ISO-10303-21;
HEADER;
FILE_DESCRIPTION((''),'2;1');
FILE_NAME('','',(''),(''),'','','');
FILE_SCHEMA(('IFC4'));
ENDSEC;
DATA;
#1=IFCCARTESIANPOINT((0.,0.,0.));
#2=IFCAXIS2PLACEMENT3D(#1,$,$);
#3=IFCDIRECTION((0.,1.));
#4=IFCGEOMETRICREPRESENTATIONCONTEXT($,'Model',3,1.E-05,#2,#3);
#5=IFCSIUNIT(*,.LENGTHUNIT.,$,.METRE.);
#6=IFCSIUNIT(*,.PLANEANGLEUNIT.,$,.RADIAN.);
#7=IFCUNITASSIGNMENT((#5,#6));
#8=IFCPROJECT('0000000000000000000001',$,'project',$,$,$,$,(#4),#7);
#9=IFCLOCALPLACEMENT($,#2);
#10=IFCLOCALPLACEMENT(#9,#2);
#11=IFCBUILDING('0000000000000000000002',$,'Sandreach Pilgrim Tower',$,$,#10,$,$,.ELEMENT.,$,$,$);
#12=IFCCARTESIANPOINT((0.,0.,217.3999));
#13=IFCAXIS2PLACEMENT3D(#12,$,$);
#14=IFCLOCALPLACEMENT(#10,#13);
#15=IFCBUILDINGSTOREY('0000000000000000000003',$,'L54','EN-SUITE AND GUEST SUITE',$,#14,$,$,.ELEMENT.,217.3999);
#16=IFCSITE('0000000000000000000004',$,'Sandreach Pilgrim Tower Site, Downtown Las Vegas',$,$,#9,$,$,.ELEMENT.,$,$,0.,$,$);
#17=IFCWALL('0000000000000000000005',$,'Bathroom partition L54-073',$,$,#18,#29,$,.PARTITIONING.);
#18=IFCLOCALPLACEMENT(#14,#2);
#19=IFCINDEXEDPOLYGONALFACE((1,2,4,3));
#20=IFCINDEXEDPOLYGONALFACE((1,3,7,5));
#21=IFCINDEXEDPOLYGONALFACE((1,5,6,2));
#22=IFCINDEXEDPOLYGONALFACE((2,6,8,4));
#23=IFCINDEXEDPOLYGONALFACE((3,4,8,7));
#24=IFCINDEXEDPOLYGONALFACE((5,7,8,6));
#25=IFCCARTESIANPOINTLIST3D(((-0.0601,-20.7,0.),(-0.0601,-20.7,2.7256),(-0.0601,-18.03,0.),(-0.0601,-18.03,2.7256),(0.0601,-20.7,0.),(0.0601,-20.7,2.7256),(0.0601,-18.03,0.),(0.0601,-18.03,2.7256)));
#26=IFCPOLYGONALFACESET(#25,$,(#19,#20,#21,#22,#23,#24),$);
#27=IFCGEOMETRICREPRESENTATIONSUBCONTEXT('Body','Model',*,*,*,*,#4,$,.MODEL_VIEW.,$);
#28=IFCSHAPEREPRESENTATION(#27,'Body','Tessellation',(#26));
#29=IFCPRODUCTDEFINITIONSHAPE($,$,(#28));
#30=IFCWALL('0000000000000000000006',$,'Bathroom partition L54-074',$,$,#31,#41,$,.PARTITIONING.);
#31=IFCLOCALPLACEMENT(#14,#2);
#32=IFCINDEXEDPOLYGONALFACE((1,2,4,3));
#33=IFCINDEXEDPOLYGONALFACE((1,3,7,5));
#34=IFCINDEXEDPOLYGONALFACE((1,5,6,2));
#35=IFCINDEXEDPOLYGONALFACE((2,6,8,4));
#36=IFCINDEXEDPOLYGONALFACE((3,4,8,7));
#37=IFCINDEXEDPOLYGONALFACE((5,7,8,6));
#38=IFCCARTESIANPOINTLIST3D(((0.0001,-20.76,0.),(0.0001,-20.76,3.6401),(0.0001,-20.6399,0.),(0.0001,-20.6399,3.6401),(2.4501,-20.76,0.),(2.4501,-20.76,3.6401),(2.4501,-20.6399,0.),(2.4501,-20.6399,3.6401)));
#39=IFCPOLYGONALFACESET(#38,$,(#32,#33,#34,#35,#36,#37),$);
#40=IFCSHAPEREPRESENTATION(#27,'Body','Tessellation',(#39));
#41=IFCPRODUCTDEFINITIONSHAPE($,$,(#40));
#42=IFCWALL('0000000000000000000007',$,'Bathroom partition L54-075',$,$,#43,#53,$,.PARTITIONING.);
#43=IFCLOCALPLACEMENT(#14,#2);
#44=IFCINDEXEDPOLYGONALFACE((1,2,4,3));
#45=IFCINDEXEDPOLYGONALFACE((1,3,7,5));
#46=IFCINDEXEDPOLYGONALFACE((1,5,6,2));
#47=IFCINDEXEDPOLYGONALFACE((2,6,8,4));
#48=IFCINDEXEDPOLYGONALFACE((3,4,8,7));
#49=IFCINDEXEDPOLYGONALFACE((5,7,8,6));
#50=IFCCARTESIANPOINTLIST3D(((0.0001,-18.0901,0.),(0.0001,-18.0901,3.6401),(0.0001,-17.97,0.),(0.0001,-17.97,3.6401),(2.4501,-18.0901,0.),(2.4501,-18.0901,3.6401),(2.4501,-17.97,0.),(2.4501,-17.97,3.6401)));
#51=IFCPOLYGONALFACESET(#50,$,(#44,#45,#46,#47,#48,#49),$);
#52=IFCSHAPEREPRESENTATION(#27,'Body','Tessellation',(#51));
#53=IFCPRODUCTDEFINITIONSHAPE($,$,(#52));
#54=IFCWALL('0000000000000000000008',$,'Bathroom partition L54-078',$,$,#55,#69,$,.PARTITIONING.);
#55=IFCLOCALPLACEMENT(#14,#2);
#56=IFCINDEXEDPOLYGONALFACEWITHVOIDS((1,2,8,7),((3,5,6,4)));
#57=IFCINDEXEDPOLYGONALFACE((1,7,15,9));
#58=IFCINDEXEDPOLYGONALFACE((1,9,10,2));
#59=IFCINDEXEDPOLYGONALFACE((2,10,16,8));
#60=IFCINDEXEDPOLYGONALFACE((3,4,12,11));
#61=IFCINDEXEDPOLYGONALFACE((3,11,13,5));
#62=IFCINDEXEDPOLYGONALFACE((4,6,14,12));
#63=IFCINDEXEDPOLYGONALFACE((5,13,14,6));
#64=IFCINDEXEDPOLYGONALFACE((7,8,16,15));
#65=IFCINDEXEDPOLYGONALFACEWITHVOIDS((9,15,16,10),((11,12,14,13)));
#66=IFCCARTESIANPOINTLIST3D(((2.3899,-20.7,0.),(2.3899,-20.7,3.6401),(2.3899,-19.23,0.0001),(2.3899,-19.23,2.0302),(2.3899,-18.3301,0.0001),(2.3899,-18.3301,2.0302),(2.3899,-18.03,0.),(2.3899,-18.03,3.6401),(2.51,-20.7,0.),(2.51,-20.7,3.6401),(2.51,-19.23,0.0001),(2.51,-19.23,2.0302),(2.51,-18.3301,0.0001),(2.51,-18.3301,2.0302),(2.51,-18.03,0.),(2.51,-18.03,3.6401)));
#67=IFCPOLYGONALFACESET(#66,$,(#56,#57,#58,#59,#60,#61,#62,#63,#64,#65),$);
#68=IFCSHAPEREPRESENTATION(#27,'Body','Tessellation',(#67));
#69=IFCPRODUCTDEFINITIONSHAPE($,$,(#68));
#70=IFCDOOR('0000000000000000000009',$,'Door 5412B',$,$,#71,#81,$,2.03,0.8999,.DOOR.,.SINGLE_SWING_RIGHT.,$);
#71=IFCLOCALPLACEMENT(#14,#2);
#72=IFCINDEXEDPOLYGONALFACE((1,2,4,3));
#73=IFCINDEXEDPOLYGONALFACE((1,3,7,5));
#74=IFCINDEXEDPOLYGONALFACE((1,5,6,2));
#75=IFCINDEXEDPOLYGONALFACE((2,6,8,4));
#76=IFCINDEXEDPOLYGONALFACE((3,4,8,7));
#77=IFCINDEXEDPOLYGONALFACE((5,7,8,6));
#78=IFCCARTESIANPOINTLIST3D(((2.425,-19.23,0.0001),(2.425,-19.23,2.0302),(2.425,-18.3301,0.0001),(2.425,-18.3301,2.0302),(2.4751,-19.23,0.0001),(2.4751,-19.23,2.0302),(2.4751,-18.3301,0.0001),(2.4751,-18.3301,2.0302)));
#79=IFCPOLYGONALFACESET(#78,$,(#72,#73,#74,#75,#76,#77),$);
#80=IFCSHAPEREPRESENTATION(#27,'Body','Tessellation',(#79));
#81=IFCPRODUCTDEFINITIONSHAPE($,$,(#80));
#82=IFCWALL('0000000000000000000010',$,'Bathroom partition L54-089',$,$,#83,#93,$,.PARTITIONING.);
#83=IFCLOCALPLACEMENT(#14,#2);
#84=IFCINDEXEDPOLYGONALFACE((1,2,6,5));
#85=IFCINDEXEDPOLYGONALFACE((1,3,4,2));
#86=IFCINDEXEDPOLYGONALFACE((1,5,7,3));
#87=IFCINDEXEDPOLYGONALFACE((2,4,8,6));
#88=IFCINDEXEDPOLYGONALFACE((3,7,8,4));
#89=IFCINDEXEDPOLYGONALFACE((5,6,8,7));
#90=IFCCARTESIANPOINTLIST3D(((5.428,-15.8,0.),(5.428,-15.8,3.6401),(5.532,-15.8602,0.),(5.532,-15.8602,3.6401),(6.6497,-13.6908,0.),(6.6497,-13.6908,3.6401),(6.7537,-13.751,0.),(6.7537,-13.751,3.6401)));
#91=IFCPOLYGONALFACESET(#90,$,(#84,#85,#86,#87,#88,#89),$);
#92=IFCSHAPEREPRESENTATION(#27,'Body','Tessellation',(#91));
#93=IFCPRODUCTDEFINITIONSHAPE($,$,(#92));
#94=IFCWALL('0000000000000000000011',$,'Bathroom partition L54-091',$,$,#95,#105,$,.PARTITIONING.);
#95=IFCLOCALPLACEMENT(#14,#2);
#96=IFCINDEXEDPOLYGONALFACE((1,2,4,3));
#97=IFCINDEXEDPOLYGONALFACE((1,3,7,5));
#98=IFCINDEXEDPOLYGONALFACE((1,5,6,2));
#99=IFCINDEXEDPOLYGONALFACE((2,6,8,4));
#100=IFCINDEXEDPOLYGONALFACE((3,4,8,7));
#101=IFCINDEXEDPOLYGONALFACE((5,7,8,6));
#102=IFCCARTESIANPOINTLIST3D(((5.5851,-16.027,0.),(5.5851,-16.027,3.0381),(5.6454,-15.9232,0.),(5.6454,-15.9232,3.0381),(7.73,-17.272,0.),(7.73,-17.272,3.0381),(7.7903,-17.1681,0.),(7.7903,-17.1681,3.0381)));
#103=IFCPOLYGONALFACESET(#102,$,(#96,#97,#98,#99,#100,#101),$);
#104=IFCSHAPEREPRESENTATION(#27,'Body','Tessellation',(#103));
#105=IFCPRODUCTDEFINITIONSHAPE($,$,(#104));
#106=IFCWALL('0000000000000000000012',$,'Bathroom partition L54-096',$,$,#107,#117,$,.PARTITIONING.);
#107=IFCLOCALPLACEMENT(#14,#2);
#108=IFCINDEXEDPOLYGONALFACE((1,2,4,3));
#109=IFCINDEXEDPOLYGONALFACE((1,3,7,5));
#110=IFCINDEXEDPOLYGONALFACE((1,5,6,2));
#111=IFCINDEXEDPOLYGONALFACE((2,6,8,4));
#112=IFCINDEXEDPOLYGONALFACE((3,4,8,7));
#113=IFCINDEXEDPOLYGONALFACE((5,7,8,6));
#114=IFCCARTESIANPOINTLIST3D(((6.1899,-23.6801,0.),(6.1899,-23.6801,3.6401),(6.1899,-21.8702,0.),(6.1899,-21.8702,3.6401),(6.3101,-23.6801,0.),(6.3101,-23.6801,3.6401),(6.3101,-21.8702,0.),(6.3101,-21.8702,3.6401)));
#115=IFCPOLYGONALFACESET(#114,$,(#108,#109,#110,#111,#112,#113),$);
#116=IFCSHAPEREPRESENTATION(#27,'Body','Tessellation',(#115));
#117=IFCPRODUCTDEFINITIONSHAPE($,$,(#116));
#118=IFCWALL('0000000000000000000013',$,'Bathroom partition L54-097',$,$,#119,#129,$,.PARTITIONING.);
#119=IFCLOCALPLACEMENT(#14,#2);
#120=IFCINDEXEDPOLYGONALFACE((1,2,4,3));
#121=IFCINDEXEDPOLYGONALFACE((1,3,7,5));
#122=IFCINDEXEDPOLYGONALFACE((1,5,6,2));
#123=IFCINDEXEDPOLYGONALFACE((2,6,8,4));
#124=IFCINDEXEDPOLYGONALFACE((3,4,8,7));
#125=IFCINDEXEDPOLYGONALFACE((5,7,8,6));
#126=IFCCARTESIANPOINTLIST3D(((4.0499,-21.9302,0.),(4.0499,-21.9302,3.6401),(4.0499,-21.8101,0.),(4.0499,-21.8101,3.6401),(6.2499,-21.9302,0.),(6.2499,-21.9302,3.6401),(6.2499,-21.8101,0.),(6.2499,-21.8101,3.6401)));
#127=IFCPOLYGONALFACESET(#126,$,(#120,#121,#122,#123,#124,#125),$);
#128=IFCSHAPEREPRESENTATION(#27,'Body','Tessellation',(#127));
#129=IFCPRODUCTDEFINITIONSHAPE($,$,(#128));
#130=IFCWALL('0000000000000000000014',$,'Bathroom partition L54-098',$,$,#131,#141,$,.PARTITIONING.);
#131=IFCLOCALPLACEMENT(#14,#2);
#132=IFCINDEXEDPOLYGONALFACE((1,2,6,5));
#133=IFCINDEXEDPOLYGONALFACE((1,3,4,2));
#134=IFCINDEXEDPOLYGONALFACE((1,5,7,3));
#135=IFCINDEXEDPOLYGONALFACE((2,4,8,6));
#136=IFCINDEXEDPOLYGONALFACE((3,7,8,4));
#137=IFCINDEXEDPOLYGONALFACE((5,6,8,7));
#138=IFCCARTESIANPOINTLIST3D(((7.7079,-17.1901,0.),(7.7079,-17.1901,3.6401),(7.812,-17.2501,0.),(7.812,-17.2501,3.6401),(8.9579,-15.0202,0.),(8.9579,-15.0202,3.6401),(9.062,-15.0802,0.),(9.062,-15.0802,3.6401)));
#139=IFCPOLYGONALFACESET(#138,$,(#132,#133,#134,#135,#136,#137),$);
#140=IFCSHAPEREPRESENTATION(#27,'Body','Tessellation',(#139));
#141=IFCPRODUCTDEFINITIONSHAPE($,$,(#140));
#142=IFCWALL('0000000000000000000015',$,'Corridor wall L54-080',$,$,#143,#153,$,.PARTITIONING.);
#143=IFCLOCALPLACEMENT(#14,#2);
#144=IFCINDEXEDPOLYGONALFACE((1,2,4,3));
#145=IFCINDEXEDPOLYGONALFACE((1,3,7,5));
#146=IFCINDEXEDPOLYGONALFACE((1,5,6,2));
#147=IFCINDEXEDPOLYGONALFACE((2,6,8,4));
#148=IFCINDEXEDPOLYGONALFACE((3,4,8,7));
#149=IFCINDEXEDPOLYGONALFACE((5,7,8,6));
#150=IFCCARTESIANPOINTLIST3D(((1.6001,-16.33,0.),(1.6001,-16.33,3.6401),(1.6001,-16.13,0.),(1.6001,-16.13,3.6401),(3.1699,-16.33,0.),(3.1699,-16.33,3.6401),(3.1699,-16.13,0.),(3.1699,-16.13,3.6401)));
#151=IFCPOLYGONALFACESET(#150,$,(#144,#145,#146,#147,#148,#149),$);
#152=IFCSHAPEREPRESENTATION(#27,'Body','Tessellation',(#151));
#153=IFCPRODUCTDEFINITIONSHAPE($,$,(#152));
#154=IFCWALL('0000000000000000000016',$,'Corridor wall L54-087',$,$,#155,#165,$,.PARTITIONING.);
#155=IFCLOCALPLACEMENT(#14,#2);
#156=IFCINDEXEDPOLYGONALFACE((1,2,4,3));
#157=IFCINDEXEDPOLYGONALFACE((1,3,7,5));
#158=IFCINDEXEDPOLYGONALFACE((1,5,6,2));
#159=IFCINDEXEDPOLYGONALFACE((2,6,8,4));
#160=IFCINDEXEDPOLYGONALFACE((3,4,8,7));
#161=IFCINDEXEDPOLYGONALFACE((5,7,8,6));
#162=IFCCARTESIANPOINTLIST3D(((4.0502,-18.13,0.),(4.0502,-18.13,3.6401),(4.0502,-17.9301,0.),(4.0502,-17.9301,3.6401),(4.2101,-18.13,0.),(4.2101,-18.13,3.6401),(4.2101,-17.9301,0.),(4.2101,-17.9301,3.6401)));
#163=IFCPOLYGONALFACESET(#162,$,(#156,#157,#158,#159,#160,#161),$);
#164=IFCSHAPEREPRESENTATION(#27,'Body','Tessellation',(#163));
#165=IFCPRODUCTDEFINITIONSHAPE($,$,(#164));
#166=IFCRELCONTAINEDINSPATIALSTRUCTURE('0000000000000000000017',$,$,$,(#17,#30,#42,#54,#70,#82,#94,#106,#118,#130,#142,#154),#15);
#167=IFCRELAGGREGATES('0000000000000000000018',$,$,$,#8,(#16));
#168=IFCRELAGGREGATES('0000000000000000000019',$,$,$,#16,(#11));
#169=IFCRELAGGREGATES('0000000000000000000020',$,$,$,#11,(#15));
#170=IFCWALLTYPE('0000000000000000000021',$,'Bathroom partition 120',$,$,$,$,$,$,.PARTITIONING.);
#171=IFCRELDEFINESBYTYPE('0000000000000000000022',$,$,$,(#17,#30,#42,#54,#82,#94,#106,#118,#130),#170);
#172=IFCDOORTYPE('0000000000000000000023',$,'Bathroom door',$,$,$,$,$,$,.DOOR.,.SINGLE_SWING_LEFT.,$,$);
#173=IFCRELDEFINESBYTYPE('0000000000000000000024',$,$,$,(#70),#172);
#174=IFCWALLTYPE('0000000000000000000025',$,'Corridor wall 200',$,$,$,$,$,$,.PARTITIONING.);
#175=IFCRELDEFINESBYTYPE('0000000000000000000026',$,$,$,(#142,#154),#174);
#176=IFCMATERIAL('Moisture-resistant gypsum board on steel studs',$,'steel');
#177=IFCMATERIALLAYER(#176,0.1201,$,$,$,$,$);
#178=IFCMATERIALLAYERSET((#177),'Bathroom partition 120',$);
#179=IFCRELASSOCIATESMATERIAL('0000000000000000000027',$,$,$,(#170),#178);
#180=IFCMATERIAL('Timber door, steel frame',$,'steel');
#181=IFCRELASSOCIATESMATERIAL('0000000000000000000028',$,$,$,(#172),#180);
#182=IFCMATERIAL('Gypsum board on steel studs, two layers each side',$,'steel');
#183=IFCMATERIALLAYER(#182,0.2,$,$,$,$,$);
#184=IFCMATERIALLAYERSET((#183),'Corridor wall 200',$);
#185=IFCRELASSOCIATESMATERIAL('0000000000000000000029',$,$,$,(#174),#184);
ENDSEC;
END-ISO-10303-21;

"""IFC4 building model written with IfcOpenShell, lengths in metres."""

from ifc_helpers import new_model, si_unit, direction, frame, frame_2d, origin, place, context, subcontext, project, spatial, rectangle, extrude, material, layer, layer_set, type_object, element, fill, save


model = new_model("IFC4")

# Units and contexts
model_context = context("Model", 3, precision=1e-05, world=origin(), true_north=direction((0.0, 1.0)))
body_context = subcontext(model_context, "Body", "Model", "MODEL_VIEW")
ifc_project = project(units=[si_unit("LENGTHUNIT", "METRE"), si_unit("PLANEANGLEUNIT", "RADIAN")], contexts=[model_context])

# Site, building, storey
site_placement = place(None, origin())
site = spatial("IfcSite", under=ifc_project, at=site_placement, Name="Sandreach Pilgrim Tower Site, Downtown Las Vegas", CompositionType="ELEMENT", RefElevation=0.0)
building_placement = place(site_placement, origin())
building = spatial("IfcBuilding", under=site, at=building_placement, Name="Sandreach Pilgrim Tower", CompositionType="ELEMENT")
storey_placement = place(building_placement, frame((0.0, 0.0, 217.3999)))
storey = spatial("IfcBuildingStorey", under=building, at=storey_placement, Name="L54", Description="EN-SUITE AND GUEST SUITE", CompositionType="ELEMENT", Elevation=217.3999)

# Walls
ifc_material_1 = material(Name="Moisture-resistant gypsum board on steel studs", Category="steel")
ifc_layer_1 = layer(ifc_material_1, 0.1201)
ifc_layer_set_1 = layer_set([ifc_layer_1], Name="Bathroom partition 120")
wall_type_1 = type_object("IfcWallType", Name="Bathroom partition 120", PredefinedType="PARTITIONING", material=ifc_layer_set_1)
wall_1_placement = place(storey_placement, frame((0.0, -20.7, 0.0), z_axis=(0.0, 0.0, 1.0), x_axis=(0.0, 1.0, 0.0)))
element("IfcWall", 1, at=wall_1_placement, inside=storey, type_object=wall_type_1, Name="Bathroom partition L54-073", PredefinedType="PARTITIONING", context=body_context, shape_type="SweptSolid", body=[
    extrude(rectangle(XDim=2.6699, YDim=0.1201, at=frame_2d((1.335, 0.0))), origin(), (0.0, 0.0, 1.0), 2.7256),
])
for number, where, z_axis, x_axis, name in (
    (2, (0.0, -20.7, 0.0), (0.0, 0.0, 1.0), (1.0, 0.0, 0.0), "Bathroom partition L54-074"),
    (3, (0.0, -18.03, 0.0), (0.0, 0.0, 1.0), (1.0, 0.0, 0.0), "Bathroom partition L54-075"),
):
    element("IfcWall", number, at=place(storey_placement, frame(where, z_axis=z_axis, x_axis=x_axis)), inside=storey, type_object=wall_type_1, Name=name, PredefinedType="PARTITIONING", context=body_context, shape_type="SweptSolid", body=[
        extrude(rectangle(XDim=2.45, YDim=0.1201, at=frame_2d((1.2251, 0.0))), origin(), (0.0, 0.0, 1.0), 3.6401),
    ])

# Wall, opening, door
wall_2_placement = place(storey_placement, frame((2.45, -20.7, 0.0), z_axis=(0.0, 0.0, 1.0), x_axis=(0.0, 1.0, 0.0)))
wall_2 = element("IfcWall", 4, at=wall_2_placement, inside=storey, type_object=wall_type_1, Name="Bathroom partition L54-078", PredefinedType="PARTITIONING", context=body_context, shape_type="SweptSolid", body=[
    extrude(rectangle(XDim=2.6699, YDim=0.1201, at=frame_2d((1.335, 0.0))), origin(), (0.0, 0.0, 1.0), 3.6401),
])
opening_1_placement = place(wall_2_placement, frame((1.47, 0.0, 0.0)))
opening_1 = element("IfcOpeningElement", 5, at=opening_1_placement, cuts=wall_2, PredefinedType="OPENING", context=body_context, shape_type="SweptSolid", body=[
    extrude(rectangle(XDim=0.8999, YDim=2.03, at=frame_2d((0.45, 1.0151))), frame((0.0, 0.0601, 0.0), z_axis=(0.0, -1.0, 0.0), x_axis=(1.0, 0.0, 0.0)), (0.0, 0.0, 1.0), 0.1201),
])
ifc_material_2 = material(Name="Timber door, steel frame", Category="steel")
door_type_1 = type_object("IfcDoorType", Name="Bathroom door", OperationType="SINGLE_SWING_LEFT", PredefinedType="DOOR", material=ifc_material_2)
door_1_placement = place(opening_1_placement, origin())
door_1 = element("IfcDoor", 6, at=door_1_placement, inside=storey, type_object=door_type_1, Name="Door 5412B", OperationType="SINGLE_SWING_RIGHT", OverallHeight=2.03, OverallWidth=0.8999, PredefinedType="DOOR", context=body_context, shape_type="SweptSolid", body=[
    extrude(rectangle(XDim=0.8999, YDim=2.03, at=frame_2d((0.45, 1.0151))), frame((0.0, 0.0249, 0.0), z_axis=(0.0, -1.0, 0.0), x_axis=(1.0, 0.0, 0.0)), (0.0, 0.0, 1.0), 0.05),
])
fill(opening_1, door_1)

# Walls
wall_3_placement = place(storey_placement, frame((5.48, -15.8301, 0.0), z_axis=(0.0, 0.0, 1.0), x_axis=(0.501222, 0.865319, 0.0)))
element("IfcWall", 7, at=wall_3_placement, inside=storey, type_object=wall_type_1, Name="Bathroom partition L54-089", PredefinedType="PARTITIONING", context=body_context, shape_type="SweptSolid", body=[
    extrude(rectangle(XDim=2.4375, YDim=0.1201, at=frame_2d((1.2188, 0.0))), origin(), (0.0, 0.0, 1.0), 3.6401),
])
wall_4_placement = place(storey_placement, frame((5.6152, -15.9751, 0.0), z_axis=(0.0, 0.0, 1.0), x_axis=(0.864873, -0.501991, 0.0)))
element("IfcWall", 8, at=wall_4_placement, inside=storey, type_object=wall_type_1, Name="Bathroom partition L54-091", PredefinedType="PARTITIONING", context=body_context, shape_type="SweptSolid", body=[
    extrude(rectangle(XDim=2.48, YDim=0.1201, at=frame_2d((1.24, 0.0))), origin(), (0.0, 0.0, 1.0), 3.0381),
])
wall_5_placement = place(storey_placement, frame((6.25, -23.6799, 0.0), z_axis=(0.0, 0.0, 1.0), x_axis=(0.0, 1.0, 0.0)))
element("IfcWall", 9, at=wall_5_placement, inside=storey, type_object=wall_type_1, Name="Bathroom partition L54-096", PredefinedType="PARTITIONING", context=body_context, shape_type="SweptSolid", body=[
    extrude(rectangle(XDim=1.8098, YDim=0.1201, at=frame_2d((0.9048, 0.0))), origin(), (0.0, 0.0, 1.0), 3.6401),
])
wall_6_placement = place(storey_placement, frame((6.25, -21.8701, 0.0), z_axis=(0.0, 0.0, 1.0), x_axis=(-1.0, 0.0, 0.0)))
element("IfcWall", 10, at=wall_6_placement, inside=storey, type_object=wall_type_1, Name="Bathroom partition L54-097", PredefinedType="PARTITIONING", context=body_context, shape_type="SweptSolid", body=[
    extrude(rectangle(XDim=2.2, YDim=0.1201, at=frame_2d((1.1001, 0.0))), origin(), (0.0, 0.0, 1.0), 3.6401),
])
wall_7_placement = place(storey_placement, frame((7.76, -17.22, 0.0), z_axis=(0.0, 0.0, 1.0), x_axis=(0.49916, 0.86651, 0.0)))
element("IfcWall", 11, at=wall_7_placement, inside=storey, type_object=wall_type_1, Name="Bathroom partition L54-098", PredefinedType="PARTITIONING", context=body_context, shape_type="SweptSolid", body=[
    extrude(rectangle(XDim=2.5042, YDim=0.1201, at=frame_2d((1.252, 0.0))), origin(), (0.0, 0.0, 1.0), 3.6401),
])

# Shared definitions
ifc_material_3 = material(Name="Gypsum board on steel studs, two layers each side", Category="steel")
ifc_layer_2 = layer(ifc_material_3, 0.2)
ifc_layer_set_2 = layer_set([ifc_layer_2], Name="Corridor wall 200")
wall_type_2 = type_object("IfcWallType", Name="Corridor wall 200", PredefinedType="PARTITIONING", material=ifc_layer_set_2)

# Walls
wall_8_placement = place(storey_placement, frame((3.1699, -16.23, 0.0), z_axis=(0.0, 0.0, 1.0), x_axis=(-1.0, 0.0, 0.0)))
element("IfcWall", 12, at=wall_8_placement, inside=storey, type_object=wall_type_2, Name="Corridor wall L54-080", PredefinedType="PARTITIONING", context=body_context, shape_type="SweptSolid", body=[
    extrude(rectangle(XDim=1.5698, YDim=0.2, at=frame_2d((0.7849, 0.0))), origin(), (0.0, 0.0, 1.0), 3.6401),
])
wall_9_placement = place(storey_placement, frame((4.05, -18.03, 0.0), z_axis=(0.0, 0.0, 1.0), x_axis=(1.0, 0.0, 0.0)))
element("IfcWall", 13, at=wall_9_placement, inside=storey, type_object=wall_type_2, Name="Corridor wall L54-087", PredefinedType="PARTITIONING", context=body_context, shape_type="SweptSolid", body=[
    extrude(rectangle(XDim=0.1599, YDim=0.2, at=frame_2d((0.0801, 0.0))), origin(), (0.0, 0.0, 1.0), 3.6401),
])

save(model, "model.ifc")
